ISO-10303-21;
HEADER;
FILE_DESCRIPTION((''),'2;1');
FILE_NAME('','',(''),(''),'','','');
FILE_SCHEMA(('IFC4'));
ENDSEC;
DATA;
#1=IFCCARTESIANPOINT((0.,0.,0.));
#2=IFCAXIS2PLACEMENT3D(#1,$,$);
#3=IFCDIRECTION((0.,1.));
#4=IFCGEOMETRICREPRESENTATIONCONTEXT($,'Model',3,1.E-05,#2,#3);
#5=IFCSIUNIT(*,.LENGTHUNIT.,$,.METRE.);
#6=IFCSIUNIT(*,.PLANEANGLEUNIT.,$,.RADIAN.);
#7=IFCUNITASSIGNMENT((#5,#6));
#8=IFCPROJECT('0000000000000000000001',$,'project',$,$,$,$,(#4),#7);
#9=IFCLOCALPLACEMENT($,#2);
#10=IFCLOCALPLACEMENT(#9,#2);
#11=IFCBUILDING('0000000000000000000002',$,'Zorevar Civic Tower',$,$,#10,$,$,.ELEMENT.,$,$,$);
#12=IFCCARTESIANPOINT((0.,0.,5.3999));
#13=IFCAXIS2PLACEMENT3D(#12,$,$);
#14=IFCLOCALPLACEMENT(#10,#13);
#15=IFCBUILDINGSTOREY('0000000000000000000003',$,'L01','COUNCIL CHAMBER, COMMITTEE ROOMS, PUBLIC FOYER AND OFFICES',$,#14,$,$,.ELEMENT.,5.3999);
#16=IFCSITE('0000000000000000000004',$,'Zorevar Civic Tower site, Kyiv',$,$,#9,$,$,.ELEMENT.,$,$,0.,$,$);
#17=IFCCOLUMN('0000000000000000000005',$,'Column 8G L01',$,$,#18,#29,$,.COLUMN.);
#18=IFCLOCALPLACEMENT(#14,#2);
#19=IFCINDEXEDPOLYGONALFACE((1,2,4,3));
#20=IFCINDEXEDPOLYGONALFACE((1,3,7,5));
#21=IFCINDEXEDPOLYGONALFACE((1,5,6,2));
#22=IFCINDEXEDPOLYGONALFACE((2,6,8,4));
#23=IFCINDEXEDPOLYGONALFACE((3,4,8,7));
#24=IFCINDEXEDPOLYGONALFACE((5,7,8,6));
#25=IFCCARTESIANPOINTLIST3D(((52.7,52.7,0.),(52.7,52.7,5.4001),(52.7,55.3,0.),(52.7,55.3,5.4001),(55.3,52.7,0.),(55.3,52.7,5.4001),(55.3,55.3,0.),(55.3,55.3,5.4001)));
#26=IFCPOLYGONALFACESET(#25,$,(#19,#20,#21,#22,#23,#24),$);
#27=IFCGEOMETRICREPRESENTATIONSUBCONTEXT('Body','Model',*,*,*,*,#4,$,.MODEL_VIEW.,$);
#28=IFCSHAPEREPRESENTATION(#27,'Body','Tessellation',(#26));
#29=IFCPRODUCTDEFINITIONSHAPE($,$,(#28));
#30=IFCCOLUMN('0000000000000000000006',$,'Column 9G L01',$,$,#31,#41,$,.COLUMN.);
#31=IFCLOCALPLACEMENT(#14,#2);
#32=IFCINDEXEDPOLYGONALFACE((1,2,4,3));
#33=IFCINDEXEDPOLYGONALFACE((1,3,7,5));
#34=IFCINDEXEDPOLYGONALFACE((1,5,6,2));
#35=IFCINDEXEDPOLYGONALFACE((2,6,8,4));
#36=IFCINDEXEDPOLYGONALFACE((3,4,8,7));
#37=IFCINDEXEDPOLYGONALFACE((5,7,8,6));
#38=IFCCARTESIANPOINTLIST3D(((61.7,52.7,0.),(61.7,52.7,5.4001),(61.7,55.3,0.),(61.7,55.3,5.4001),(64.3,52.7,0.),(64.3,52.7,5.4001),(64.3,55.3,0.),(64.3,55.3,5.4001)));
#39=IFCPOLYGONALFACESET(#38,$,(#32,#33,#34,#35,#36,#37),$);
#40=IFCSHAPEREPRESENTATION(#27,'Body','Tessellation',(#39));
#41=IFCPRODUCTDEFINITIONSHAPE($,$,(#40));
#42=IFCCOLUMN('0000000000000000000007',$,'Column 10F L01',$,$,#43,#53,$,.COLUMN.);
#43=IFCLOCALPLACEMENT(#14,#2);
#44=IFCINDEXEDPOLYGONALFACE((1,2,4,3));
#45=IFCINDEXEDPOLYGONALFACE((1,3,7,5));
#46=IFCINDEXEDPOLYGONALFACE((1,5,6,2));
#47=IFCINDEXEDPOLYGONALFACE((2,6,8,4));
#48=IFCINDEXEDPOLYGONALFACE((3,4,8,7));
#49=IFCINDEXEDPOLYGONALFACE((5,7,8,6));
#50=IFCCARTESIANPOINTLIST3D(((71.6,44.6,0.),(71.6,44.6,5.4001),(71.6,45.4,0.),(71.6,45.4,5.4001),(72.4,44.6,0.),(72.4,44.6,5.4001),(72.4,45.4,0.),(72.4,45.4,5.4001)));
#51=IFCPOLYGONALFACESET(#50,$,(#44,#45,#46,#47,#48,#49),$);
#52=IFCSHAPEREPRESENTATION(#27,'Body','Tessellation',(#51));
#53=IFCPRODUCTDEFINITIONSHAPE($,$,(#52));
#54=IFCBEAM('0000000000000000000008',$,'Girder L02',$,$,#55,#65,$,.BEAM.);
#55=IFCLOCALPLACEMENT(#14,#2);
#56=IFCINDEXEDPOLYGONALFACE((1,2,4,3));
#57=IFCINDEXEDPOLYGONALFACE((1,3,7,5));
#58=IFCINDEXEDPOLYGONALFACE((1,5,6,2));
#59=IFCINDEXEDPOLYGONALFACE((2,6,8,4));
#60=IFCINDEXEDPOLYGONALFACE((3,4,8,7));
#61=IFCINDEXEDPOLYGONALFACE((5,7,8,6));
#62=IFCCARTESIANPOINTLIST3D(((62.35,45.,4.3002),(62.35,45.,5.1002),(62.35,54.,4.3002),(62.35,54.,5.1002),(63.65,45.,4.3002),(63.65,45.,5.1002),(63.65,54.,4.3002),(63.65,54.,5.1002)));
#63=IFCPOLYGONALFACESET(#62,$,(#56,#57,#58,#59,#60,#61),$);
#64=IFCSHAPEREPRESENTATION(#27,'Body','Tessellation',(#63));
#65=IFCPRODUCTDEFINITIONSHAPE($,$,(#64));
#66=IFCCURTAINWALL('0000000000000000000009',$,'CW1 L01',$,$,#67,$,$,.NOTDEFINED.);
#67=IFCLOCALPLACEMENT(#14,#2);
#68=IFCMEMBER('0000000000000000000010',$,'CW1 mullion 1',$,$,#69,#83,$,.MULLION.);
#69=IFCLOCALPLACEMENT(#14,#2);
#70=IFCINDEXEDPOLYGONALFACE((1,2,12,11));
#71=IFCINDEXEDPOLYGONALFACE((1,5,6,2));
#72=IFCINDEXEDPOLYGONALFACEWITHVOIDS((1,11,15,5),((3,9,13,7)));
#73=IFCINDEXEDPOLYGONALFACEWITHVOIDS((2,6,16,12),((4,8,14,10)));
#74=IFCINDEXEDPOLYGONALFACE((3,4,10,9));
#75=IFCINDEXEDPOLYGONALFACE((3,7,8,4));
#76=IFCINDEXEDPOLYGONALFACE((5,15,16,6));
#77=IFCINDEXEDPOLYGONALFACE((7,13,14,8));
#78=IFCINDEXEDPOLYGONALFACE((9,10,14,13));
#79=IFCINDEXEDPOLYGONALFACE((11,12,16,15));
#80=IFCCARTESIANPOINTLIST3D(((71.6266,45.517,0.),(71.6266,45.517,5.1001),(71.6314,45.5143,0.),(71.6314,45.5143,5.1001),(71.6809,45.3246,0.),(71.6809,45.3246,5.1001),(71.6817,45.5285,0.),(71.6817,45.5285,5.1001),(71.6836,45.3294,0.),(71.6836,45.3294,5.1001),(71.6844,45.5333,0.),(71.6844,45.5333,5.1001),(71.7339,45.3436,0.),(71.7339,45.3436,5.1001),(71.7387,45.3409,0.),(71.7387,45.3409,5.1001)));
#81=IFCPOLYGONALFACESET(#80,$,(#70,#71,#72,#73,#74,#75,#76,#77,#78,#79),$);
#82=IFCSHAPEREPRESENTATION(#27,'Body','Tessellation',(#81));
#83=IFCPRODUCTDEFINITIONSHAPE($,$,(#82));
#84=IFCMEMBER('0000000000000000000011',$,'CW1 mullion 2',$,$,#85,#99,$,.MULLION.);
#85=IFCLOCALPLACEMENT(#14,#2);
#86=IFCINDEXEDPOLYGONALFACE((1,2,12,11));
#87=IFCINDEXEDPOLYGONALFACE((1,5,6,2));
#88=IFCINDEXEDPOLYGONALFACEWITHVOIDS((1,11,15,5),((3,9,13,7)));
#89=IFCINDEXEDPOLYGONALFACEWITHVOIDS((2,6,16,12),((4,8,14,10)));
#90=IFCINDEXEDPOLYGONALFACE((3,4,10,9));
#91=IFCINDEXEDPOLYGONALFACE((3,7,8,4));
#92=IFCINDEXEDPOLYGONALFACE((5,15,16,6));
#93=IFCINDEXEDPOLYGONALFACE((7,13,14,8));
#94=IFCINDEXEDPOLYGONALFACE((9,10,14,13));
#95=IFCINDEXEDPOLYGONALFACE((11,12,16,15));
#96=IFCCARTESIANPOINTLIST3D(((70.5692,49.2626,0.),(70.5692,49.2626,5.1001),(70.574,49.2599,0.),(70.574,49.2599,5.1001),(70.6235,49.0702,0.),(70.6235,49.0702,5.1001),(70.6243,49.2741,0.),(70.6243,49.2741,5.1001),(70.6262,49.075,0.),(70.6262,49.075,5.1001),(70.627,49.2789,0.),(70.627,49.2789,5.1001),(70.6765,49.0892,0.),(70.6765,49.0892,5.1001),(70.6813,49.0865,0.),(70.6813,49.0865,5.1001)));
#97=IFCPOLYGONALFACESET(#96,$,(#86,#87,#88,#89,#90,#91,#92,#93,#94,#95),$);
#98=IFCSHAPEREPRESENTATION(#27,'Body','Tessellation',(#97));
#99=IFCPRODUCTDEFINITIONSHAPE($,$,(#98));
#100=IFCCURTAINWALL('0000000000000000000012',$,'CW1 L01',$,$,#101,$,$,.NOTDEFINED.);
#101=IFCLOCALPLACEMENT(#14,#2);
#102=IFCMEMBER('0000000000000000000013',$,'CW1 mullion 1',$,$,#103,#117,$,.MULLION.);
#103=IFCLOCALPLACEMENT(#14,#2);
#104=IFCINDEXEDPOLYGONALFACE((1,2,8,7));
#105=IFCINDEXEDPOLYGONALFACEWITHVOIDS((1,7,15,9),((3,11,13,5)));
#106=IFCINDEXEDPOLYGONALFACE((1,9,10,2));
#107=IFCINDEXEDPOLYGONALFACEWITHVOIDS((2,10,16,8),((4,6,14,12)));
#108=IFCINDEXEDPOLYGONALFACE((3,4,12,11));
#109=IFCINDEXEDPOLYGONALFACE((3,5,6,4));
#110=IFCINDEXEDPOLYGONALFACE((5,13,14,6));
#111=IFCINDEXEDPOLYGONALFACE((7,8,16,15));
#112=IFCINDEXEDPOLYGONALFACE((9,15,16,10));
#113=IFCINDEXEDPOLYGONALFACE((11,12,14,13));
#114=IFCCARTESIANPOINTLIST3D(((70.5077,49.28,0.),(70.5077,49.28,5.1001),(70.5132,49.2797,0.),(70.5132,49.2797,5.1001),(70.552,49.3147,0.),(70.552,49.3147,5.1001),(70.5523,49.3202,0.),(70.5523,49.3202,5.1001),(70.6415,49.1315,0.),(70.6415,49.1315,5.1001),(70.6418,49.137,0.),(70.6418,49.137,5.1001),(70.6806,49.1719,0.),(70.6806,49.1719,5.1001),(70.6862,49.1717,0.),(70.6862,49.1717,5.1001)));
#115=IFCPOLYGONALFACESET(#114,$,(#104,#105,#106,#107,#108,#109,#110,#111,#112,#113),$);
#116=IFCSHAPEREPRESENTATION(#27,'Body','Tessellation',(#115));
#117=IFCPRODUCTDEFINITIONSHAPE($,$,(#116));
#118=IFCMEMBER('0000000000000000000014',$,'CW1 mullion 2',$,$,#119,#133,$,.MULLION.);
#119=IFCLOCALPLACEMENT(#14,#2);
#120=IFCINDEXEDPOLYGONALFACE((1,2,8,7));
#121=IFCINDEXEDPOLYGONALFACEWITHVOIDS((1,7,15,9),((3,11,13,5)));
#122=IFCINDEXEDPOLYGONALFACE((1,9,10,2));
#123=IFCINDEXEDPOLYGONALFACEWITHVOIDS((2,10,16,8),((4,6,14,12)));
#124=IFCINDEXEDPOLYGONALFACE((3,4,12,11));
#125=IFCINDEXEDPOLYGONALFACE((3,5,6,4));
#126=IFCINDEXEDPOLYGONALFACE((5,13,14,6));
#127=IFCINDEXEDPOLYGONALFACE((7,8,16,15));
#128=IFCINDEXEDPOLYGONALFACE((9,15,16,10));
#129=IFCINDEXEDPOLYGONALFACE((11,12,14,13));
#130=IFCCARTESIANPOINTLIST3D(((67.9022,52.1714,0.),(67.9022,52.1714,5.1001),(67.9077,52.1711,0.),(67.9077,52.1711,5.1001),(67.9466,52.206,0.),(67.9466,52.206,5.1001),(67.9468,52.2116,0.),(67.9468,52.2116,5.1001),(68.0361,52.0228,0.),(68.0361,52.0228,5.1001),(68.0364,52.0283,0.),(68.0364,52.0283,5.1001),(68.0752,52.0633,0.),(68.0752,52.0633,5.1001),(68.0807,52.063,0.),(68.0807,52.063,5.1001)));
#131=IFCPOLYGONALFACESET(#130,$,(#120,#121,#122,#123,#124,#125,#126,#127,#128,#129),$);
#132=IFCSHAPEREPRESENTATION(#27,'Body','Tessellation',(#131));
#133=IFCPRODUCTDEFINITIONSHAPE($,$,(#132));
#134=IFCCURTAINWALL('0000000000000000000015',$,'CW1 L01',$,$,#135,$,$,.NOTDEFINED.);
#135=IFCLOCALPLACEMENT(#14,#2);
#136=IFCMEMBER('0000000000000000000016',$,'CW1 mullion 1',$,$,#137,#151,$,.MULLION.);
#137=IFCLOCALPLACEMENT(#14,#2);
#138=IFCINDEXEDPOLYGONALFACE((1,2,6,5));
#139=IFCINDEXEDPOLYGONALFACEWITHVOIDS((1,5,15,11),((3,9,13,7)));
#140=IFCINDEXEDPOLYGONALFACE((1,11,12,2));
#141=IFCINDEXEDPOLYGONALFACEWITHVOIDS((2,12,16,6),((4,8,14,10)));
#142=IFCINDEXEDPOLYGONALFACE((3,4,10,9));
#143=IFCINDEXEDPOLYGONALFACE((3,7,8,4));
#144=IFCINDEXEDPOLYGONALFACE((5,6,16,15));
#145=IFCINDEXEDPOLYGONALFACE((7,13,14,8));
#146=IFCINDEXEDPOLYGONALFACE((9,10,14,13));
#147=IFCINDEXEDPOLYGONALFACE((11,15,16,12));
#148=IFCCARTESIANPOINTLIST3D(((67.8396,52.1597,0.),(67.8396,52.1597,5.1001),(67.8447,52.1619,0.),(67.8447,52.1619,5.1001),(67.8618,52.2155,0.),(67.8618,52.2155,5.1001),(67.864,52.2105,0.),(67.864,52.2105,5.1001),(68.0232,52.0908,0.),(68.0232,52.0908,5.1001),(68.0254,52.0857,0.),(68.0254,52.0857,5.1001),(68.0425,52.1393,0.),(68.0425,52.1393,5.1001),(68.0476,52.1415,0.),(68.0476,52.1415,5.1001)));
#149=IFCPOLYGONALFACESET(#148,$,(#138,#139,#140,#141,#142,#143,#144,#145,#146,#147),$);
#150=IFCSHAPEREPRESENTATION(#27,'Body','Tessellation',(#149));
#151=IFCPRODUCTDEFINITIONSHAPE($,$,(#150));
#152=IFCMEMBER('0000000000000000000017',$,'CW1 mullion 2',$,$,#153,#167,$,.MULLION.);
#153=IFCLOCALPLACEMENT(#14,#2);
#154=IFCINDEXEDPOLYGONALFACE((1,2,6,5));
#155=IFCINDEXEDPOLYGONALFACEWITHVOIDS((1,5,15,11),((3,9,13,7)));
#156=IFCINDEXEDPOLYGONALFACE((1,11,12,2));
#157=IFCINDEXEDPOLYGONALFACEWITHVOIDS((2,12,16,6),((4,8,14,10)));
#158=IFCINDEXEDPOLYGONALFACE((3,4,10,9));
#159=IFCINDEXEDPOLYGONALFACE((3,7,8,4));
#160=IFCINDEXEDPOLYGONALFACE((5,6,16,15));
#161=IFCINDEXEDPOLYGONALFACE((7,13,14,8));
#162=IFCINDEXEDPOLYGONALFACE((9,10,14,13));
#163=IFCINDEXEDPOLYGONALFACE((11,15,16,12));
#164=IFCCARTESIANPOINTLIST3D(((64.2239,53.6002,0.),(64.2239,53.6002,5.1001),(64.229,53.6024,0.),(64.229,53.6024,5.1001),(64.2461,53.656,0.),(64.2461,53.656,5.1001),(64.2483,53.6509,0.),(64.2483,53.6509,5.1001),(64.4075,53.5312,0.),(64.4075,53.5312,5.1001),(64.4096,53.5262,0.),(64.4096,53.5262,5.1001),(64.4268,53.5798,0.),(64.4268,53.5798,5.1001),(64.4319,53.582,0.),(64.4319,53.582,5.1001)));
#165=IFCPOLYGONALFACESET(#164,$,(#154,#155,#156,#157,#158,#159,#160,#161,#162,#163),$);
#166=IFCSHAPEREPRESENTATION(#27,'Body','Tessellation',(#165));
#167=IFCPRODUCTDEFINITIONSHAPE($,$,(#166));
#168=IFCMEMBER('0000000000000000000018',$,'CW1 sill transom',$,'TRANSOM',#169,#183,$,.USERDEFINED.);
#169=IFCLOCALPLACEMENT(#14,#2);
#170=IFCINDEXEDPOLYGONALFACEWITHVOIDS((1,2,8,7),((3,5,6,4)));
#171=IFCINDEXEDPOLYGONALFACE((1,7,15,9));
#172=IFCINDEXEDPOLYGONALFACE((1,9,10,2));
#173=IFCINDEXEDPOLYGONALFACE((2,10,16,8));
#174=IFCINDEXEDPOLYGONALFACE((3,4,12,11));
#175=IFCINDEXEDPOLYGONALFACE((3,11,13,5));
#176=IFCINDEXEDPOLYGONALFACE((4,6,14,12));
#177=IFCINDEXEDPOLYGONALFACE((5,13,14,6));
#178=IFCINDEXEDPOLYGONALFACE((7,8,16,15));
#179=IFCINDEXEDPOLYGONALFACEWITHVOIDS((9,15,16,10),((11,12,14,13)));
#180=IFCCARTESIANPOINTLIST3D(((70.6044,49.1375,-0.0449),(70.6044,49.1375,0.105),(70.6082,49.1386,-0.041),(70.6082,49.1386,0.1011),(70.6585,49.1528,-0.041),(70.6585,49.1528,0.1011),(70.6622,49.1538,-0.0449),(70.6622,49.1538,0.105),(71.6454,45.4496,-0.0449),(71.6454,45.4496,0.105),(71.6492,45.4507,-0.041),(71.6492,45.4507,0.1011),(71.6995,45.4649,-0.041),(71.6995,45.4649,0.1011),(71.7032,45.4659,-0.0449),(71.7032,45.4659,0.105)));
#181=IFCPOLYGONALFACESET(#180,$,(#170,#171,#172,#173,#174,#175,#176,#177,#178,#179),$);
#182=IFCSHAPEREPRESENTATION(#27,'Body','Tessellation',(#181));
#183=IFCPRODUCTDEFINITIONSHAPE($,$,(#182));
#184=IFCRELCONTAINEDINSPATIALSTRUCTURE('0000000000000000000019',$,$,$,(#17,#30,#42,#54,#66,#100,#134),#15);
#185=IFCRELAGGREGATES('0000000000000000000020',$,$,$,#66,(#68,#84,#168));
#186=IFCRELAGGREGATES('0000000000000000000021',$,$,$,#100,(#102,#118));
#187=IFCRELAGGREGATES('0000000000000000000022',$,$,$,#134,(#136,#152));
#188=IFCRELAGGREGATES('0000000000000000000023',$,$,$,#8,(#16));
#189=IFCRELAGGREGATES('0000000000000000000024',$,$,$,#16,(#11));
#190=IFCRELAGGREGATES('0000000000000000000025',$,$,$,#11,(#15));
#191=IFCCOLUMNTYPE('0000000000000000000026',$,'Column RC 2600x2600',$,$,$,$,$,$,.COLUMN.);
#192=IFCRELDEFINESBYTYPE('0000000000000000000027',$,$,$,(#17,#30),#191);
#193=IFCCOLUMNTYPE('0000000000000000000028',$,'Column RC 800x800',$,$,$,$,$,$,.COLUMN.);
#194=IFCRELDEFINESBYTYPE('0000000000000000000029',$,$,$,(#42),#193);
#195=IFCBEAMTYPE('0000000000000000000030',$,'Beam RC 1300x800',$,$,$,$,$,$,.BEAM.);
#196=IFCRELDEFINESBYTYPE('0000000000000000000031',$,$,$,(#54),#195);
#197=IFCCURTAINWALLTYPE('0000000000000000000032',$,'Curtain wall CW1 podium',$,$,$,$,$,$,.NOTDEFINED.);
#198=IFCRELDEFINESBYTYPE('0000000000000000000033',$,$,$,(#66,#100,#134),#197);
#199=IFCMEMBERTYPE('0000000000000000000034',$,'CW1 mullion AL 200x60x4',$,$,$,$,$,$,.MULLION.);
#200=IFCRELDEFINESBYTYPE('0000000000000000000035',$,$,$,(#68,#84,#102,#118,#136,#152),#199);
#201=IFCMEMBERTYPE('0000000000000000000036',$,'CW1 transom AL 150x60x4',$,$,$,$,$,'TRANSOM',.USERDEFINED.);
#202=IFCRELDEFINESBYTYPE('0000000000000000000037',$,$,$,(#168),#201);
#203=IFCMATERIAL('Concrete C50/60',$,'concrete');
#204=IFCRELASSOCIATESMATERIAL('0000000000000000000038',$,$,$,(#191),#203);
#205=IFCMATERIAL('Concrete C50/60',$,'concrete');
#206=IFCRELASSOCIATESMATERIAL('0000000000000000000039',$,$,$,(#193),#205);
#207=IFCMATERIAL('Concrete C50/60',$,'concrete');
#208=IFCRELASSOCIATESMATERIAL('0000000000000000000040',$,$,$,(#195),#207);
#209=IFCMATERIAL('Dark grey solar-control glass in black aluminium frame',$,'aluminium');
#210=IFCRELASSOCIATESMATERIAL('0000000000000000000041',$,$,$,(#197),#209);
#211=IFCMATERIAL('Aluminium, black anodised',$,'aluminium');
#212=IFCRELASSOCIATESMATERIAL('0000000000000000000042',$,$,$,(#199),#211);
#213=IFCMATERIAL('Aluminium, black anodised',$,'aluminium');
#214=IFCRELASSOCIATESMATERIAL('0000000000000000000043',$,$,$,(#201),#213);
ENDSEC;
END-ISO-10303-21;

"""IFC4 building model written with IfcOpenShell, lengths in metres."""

from ifc_helpers import new_model, si_unit, direction, frame, origin, origin_2d, place, context, subcontext, project, spatial, rectangle, hollow_rectangle, extrude, material, material_profile, profile_set, type_object, element, aggregate, save


model = new_model("IFC4")

# Units and contexts
model_context = context("Model", 3, precision=1e-05, world=origin(), true_north=direction((0.0, 1.0)))
body_context = subcontext(model_context, "Body", "Model", "MODEL_VIEW")
ifc_project = project(units=[si_unit("LENGTHUNIT", "METRE"), si_unit("PLANEANGLEUNIT", "RADIAN")], contexts=[model_context])

# Site, building, storey
site_placement = place(None, origin())
site = spatial("IfcSite", under=ifc_project, at=site_placement, Name="Zorevar Civic Tower site, Kyiv", CompositionType="ELEMENT", RefElevation=0.0)
building_placement = place(site_placement, origin())
building = spatial("IfcBuilding", under=site, at=building_placement, Name="Zorevar Civic Tower", CompositionType="ELEMENT")
storey_placement = place(building_placement, frame((0.0, 0.0, 5.3999)))
storey = spatial("IfcBuildingStorey", under=building, at=storey_placement, Name="L01", Description="COUNCIL CHAMBER, COMMITTEE ROOMS, PUBLIC FOYER AND OFFICES", CompositionType="ELEMENT", Elevation=5.3999)

# Columns
ifc_material_1 = material(Name="Concrete C50/60", Category="concrete")
ifc_material_profile_1 = material_profile(ifc_material_1, rectangle(XDim=2.6001, YDim=2.6001, at=origin_2d()), Name="RC 2600x2600")
ifc_profile_set_1 = profile_set([ifc_material_profile_1], Name="Concrete C50/60")
column_type_1 = type_object("IfcColumnType", Name="Column RC 2600x2600", PredefinedType="COLUMN", material=ifc_profile_set_1)
for number, where, z_axis, x_axis, name in (
    (1, (54.0, 54.0, 0.0), (0.0, 0.0, 1.0), (1.0, 0.0, 0.0), "Column 8G L01"),
    (2, (63.0, 54.0, 0.0), (0.0, 0.0, 1.0), (1.0, 0.0, 0.0), "Column 9G L01"),
):
    element("IfcColumn", number, at=place(storey_placement, frame(where, z_axis=z_axis, x_axis=x_axis)), inside=storey, type_object=column_type_1, Name=name, PredefinedType="COLUMN", context=body_context, shape_type="SweptSolid", body=[
        extrude(rectangle(XDim=2.6001, YDim=2.6001, at=origin_2d()), origin(), (0.0, 0.0, 1.0), 5.4001),
    ])
ifc_material_2 = material(Name="Concrete C50/60", Category="concrete")
ifc_material_profile_2 = material_profile(ifc_material_2, rectangle(XDim=0.8, YDim=0.8, at=origin_2d()), Name="RC 800x800")
ifc_profile_set_2 = profile_set([ifc_material_profile_2], Name="Concrete C50/60")
column_type_2 = type_object("IfcColumnType", Name="Column RC 800x800", PredefinedType="COLUMN", material=ifc_profile_set_2)
column_placement = place(storey_placement, frame((72.0, 45.0, 0.0), z_axis=(0.0, 0.0, 1.0), x_axis=(1.0, 0.0, 0.0)))
element("IfcColumn", 3, at=column_placement, inside=storey, type_object=column_type_2, Name="Column 10F L01", PredefinedType="COLUMN", context=body_context, shape_type="SweptSolid", body=[
    extrude(rectangle(XDim=0.8, YDim=0.8, at=origin_2d()), origin(), (0.0, 0.0, 1.0), 5.4001),
])

# Beam
ifc_material_3 = material(Name="Concrete C50/60", Category="concrete")
ifc_material_profile_3 = material_profile(ifc_material_3, rectangle(XDim=1.3, YDim=0.8, at=origin_2d()), Name="RC 1300x800")
ifc_profile_set_3 = profile_set([ifc_material_profile_3], Name="Concrete C50/60")
beam_type_1 = type_object("IfcBeamType", Name="Beam RC 1300x800", PredefinedType="BEAM", material=ifc_profile_set_3)
beam_1_placement = place(storey_placement, frame((63.0, 45.0, 4.7002), z_axis=(0.0, 1.0, 0.0), x_axis=(-1.0, 0.0, 0.0)))
element("IfcBeam", 4, at=beam_1_placement, inside=storey, type_object=beam_type_1, Name="Girder L02", PredefinedType="BEAM", context=body_context, shape_type="SweptSolid", body=[
    extrude(rectangle(XDim=1.3, YDim=0.8, at=origin_2d()), origin(), (0.0, 0.0, 1.0), 9.0),
])

# Curtain walls, members
ifc_material_4 = material(Name="Dark grey solar-control glass in black aluminium frame", Category="aluminium")
curtain_wall_type = type_object("IfcCurtainWallType", Name="Curtain wall CW1 podium", PredefinedType="NOTDEFINED", material=ifc_material_4)
curtain_wall_1_placement = place(storey_placement, origin())
curtain_wall_1 = element("IfcCurtainWall", 5, at=curtain_wall_1_placement, inside=storey, type_object=curtain_wall_type, Name="CW1 L01", PredefinedType="NOTDEFINED")
ifc_material_5 = material(Name="Aluminium, black anodised", Category="aluminium")
ifc_material_profile_4 = material_profile(ifc_material_5, hollow_rectangle(XDim=0.0601, YDim=0.2, WallThickness=0.0039, at=origin_2d()), Name="AL 200x60x4")
ifc_profile_set_4 = profile_set([ifc_material_profile_4], Name="Aluminium, black anodised")
member_type_1 = type_object("IfcMemberType", Name="CW1 mullion AL 200x60x4", PredefinedType="MULLION", material=ifc_profile_set_4)
member_1_placement = place(storey_placement, frame((71.6826, 45.429, 0.0), z_axis=(0.0, 0.0, 1.0), x_axis=(-0.962391, -0.271669, 0.0)))
member_1 = element("IfcMember", 6, at=member_1_placement, type_object=member_type_1, Name="CW1 mullion 1", PredefinedType="MULLION", context=body_context, shape_type="SweptSolid", body=[
    extrude(hollow_rectangle(XDim=0.0601, YDim=0.2, WallThickness=0.0039, at=origin_2d()), origin(), (0.0, 0.0, 1.0), 5.1001),
])
member_2_placement = place(storey_placement, frame((70.6252, 49.1746, 0.0), z_axis=(0.0, 0.0, 1.0), x_axis=(-0.962391, -0.271669, 0.0)))
member_2 = element("IfcMember", 7, at=member_2_placement, type_object=member_type_1, Name="CW1 mullion 2", PredefinedType="MULLION", context=body_context, shape_type="SweptSolid", body=[
    extrude(hollow_rectangle(XDim=0.0601, YDim=0.2, WallThickness=0.0039, at=origin_2d()), origin(), (0.0, 0.0, 1.0), 5.1001),
])
curtain_wall_2_placement = place(storey_placement, origin())
curtain_wall_2 = element("IfcCurtainWall", 8, at=curtain_wall_2_placement, inside=storey, type_object=curtain_wall_type, Name="CW1 L01", PredefinedType="NOTDEFINED")
member_3_placement = place(storey_placement, frame((70.5969, 49.2258, 0.0), z_axis=(0.0, 0.0, 1.0), x_axis=(-0.7429, -0.669403, 0.0)))
member_3 = element("IfcMember", 9, at=member_3_placement, type_object=member_type_1, Name="CW1 mullion 1", PredefinedType="MULLION", context=body_context, shape_type="SweptSolid", body=[
    extrude(hollow_rectangle(XDim=0.0601, YDim=0.2, WallThickness=0.0039, at=origin_2d()), origin(), (0.0, 0.0, 1.0), 5.1001),
])
member_4_placement = place(storey_placement, frame((67.9915, 52.1172, 0.0), z_axis=(0.0, 0.0, 1.0), x_axis=(-0.7429, -0.669403, 0.0)))
member_4 = element("IfcMember", 10, at=member_4_placement, type_object=member_type_1, Name="CW1 mullion 2", PredefinedType="MULLION", context=body_context, shape_type="SweptSolid", body=[
    extrude(hollow_rectangle(XDim=0.0601, YDim=0.2, WallThickness=0.0039, at=origin_2d()), origin(), (0.0, 0.0, 1.0), 5.1001),
])
curtain_wall_3_placement = place(storey_placement, origin())
curtain_wall_3 = element("IfcCurtainWall", 11, at=curtain_wall_3_placement, inside=storey, type_object=curtain_wall_type, Name="CW1 L01", PredefinedType="NOTDEFINED")
member_5_placement = place(storey_placement, frame((67.9436, 52.1506, 0.0), z_axis=(0.0, 0.0, 1.0), x_axis=(-0.370111, -0.928988, 0.0)))
member_5 = element("IfcMember", 12, at=member_5_placement, type_object=member_type_1, Name="CW1 mullion 1", PredefinedType="MULLION", context=body_context, shape_type="SweptSolid", body=[
    extrude(hollow_rectangle(XDim=0.0601, YDim=0.2, WallThickness=0.0039, at=origin_2d()), origin(), (0.0, 0.0, 1.0), 5.1001),
])
member_6_placement = place(storey_placement, frame((64.3279, 53.5911, 0.0), z_axis=(0.0, 0.0, 1.0), x_axis=(-0.370111, -0.928988, 0.0)))
member_6 = element("IfcMember", 13, at=member_6_placement, type_object=member_type_1, Name="CW1 mullion 2", PredefinedType="MULLION", context=body_context, shape_type="SweptSolid", body=[
    extrude(hollow_rectangle(XDim=0.0601, YDim=0.2, WallThickness=0.0039, at=origin_2d()), origin(), (0.0, 0.0, 1.0), 5.1001),
])

# Member
ifc_material_6 = material(Name="Aluminium, black anodised", Category="aluminium")
ifc_material_profile_5 = material_profile(ifc_material_6, hollow_rectangle(XDim=0.0601, YDim=0.1499, WallThickness=0.0039, at=origin_2d()), Name="AL 150x60x4")
ifc_profile_set_5 = profile_set([ifc_material_profile_5], Name="Aluminium, black anodised")
member_type_2 = type_object("IfcMemberType", Name="CW1 transom AL 150x60x4", ElementType="TRANSOM", PredefinedType="USERDEFINED", material=ifc_profile_set_5)
member_7_placement = place(storey_placement, frame((71.6743, 45.4578, 0.03), z_axis=(-0.271657, 0.962394, 0.0), x_axis=(-0.962394, -0.271657, 0.0)))
member_7 = element("IfcMember", 14, at=member_7_placement, type_object=member_type_2, Name="CW1 sill transom", ObjectType="TRANSOM", PredefinedType="USERDEFINED", context=body_context, shape_type="SweptSolid", body=[
    extrude(hollow_rectangle(XDim=0.0601, YDim=0.1499, WallThickness=0.0039, at=origin_2d()), origin(), (0.0, 0.0, 1.0), 3.832),
])

aggregate(curtain_wall_1, [member_1, member_2, member_7])
aggregate(curtain_wall_2, [member_3, member_4])
aggregate(curtain_wall_3, [member_5, member_6])

save(model, "model.ifc")
